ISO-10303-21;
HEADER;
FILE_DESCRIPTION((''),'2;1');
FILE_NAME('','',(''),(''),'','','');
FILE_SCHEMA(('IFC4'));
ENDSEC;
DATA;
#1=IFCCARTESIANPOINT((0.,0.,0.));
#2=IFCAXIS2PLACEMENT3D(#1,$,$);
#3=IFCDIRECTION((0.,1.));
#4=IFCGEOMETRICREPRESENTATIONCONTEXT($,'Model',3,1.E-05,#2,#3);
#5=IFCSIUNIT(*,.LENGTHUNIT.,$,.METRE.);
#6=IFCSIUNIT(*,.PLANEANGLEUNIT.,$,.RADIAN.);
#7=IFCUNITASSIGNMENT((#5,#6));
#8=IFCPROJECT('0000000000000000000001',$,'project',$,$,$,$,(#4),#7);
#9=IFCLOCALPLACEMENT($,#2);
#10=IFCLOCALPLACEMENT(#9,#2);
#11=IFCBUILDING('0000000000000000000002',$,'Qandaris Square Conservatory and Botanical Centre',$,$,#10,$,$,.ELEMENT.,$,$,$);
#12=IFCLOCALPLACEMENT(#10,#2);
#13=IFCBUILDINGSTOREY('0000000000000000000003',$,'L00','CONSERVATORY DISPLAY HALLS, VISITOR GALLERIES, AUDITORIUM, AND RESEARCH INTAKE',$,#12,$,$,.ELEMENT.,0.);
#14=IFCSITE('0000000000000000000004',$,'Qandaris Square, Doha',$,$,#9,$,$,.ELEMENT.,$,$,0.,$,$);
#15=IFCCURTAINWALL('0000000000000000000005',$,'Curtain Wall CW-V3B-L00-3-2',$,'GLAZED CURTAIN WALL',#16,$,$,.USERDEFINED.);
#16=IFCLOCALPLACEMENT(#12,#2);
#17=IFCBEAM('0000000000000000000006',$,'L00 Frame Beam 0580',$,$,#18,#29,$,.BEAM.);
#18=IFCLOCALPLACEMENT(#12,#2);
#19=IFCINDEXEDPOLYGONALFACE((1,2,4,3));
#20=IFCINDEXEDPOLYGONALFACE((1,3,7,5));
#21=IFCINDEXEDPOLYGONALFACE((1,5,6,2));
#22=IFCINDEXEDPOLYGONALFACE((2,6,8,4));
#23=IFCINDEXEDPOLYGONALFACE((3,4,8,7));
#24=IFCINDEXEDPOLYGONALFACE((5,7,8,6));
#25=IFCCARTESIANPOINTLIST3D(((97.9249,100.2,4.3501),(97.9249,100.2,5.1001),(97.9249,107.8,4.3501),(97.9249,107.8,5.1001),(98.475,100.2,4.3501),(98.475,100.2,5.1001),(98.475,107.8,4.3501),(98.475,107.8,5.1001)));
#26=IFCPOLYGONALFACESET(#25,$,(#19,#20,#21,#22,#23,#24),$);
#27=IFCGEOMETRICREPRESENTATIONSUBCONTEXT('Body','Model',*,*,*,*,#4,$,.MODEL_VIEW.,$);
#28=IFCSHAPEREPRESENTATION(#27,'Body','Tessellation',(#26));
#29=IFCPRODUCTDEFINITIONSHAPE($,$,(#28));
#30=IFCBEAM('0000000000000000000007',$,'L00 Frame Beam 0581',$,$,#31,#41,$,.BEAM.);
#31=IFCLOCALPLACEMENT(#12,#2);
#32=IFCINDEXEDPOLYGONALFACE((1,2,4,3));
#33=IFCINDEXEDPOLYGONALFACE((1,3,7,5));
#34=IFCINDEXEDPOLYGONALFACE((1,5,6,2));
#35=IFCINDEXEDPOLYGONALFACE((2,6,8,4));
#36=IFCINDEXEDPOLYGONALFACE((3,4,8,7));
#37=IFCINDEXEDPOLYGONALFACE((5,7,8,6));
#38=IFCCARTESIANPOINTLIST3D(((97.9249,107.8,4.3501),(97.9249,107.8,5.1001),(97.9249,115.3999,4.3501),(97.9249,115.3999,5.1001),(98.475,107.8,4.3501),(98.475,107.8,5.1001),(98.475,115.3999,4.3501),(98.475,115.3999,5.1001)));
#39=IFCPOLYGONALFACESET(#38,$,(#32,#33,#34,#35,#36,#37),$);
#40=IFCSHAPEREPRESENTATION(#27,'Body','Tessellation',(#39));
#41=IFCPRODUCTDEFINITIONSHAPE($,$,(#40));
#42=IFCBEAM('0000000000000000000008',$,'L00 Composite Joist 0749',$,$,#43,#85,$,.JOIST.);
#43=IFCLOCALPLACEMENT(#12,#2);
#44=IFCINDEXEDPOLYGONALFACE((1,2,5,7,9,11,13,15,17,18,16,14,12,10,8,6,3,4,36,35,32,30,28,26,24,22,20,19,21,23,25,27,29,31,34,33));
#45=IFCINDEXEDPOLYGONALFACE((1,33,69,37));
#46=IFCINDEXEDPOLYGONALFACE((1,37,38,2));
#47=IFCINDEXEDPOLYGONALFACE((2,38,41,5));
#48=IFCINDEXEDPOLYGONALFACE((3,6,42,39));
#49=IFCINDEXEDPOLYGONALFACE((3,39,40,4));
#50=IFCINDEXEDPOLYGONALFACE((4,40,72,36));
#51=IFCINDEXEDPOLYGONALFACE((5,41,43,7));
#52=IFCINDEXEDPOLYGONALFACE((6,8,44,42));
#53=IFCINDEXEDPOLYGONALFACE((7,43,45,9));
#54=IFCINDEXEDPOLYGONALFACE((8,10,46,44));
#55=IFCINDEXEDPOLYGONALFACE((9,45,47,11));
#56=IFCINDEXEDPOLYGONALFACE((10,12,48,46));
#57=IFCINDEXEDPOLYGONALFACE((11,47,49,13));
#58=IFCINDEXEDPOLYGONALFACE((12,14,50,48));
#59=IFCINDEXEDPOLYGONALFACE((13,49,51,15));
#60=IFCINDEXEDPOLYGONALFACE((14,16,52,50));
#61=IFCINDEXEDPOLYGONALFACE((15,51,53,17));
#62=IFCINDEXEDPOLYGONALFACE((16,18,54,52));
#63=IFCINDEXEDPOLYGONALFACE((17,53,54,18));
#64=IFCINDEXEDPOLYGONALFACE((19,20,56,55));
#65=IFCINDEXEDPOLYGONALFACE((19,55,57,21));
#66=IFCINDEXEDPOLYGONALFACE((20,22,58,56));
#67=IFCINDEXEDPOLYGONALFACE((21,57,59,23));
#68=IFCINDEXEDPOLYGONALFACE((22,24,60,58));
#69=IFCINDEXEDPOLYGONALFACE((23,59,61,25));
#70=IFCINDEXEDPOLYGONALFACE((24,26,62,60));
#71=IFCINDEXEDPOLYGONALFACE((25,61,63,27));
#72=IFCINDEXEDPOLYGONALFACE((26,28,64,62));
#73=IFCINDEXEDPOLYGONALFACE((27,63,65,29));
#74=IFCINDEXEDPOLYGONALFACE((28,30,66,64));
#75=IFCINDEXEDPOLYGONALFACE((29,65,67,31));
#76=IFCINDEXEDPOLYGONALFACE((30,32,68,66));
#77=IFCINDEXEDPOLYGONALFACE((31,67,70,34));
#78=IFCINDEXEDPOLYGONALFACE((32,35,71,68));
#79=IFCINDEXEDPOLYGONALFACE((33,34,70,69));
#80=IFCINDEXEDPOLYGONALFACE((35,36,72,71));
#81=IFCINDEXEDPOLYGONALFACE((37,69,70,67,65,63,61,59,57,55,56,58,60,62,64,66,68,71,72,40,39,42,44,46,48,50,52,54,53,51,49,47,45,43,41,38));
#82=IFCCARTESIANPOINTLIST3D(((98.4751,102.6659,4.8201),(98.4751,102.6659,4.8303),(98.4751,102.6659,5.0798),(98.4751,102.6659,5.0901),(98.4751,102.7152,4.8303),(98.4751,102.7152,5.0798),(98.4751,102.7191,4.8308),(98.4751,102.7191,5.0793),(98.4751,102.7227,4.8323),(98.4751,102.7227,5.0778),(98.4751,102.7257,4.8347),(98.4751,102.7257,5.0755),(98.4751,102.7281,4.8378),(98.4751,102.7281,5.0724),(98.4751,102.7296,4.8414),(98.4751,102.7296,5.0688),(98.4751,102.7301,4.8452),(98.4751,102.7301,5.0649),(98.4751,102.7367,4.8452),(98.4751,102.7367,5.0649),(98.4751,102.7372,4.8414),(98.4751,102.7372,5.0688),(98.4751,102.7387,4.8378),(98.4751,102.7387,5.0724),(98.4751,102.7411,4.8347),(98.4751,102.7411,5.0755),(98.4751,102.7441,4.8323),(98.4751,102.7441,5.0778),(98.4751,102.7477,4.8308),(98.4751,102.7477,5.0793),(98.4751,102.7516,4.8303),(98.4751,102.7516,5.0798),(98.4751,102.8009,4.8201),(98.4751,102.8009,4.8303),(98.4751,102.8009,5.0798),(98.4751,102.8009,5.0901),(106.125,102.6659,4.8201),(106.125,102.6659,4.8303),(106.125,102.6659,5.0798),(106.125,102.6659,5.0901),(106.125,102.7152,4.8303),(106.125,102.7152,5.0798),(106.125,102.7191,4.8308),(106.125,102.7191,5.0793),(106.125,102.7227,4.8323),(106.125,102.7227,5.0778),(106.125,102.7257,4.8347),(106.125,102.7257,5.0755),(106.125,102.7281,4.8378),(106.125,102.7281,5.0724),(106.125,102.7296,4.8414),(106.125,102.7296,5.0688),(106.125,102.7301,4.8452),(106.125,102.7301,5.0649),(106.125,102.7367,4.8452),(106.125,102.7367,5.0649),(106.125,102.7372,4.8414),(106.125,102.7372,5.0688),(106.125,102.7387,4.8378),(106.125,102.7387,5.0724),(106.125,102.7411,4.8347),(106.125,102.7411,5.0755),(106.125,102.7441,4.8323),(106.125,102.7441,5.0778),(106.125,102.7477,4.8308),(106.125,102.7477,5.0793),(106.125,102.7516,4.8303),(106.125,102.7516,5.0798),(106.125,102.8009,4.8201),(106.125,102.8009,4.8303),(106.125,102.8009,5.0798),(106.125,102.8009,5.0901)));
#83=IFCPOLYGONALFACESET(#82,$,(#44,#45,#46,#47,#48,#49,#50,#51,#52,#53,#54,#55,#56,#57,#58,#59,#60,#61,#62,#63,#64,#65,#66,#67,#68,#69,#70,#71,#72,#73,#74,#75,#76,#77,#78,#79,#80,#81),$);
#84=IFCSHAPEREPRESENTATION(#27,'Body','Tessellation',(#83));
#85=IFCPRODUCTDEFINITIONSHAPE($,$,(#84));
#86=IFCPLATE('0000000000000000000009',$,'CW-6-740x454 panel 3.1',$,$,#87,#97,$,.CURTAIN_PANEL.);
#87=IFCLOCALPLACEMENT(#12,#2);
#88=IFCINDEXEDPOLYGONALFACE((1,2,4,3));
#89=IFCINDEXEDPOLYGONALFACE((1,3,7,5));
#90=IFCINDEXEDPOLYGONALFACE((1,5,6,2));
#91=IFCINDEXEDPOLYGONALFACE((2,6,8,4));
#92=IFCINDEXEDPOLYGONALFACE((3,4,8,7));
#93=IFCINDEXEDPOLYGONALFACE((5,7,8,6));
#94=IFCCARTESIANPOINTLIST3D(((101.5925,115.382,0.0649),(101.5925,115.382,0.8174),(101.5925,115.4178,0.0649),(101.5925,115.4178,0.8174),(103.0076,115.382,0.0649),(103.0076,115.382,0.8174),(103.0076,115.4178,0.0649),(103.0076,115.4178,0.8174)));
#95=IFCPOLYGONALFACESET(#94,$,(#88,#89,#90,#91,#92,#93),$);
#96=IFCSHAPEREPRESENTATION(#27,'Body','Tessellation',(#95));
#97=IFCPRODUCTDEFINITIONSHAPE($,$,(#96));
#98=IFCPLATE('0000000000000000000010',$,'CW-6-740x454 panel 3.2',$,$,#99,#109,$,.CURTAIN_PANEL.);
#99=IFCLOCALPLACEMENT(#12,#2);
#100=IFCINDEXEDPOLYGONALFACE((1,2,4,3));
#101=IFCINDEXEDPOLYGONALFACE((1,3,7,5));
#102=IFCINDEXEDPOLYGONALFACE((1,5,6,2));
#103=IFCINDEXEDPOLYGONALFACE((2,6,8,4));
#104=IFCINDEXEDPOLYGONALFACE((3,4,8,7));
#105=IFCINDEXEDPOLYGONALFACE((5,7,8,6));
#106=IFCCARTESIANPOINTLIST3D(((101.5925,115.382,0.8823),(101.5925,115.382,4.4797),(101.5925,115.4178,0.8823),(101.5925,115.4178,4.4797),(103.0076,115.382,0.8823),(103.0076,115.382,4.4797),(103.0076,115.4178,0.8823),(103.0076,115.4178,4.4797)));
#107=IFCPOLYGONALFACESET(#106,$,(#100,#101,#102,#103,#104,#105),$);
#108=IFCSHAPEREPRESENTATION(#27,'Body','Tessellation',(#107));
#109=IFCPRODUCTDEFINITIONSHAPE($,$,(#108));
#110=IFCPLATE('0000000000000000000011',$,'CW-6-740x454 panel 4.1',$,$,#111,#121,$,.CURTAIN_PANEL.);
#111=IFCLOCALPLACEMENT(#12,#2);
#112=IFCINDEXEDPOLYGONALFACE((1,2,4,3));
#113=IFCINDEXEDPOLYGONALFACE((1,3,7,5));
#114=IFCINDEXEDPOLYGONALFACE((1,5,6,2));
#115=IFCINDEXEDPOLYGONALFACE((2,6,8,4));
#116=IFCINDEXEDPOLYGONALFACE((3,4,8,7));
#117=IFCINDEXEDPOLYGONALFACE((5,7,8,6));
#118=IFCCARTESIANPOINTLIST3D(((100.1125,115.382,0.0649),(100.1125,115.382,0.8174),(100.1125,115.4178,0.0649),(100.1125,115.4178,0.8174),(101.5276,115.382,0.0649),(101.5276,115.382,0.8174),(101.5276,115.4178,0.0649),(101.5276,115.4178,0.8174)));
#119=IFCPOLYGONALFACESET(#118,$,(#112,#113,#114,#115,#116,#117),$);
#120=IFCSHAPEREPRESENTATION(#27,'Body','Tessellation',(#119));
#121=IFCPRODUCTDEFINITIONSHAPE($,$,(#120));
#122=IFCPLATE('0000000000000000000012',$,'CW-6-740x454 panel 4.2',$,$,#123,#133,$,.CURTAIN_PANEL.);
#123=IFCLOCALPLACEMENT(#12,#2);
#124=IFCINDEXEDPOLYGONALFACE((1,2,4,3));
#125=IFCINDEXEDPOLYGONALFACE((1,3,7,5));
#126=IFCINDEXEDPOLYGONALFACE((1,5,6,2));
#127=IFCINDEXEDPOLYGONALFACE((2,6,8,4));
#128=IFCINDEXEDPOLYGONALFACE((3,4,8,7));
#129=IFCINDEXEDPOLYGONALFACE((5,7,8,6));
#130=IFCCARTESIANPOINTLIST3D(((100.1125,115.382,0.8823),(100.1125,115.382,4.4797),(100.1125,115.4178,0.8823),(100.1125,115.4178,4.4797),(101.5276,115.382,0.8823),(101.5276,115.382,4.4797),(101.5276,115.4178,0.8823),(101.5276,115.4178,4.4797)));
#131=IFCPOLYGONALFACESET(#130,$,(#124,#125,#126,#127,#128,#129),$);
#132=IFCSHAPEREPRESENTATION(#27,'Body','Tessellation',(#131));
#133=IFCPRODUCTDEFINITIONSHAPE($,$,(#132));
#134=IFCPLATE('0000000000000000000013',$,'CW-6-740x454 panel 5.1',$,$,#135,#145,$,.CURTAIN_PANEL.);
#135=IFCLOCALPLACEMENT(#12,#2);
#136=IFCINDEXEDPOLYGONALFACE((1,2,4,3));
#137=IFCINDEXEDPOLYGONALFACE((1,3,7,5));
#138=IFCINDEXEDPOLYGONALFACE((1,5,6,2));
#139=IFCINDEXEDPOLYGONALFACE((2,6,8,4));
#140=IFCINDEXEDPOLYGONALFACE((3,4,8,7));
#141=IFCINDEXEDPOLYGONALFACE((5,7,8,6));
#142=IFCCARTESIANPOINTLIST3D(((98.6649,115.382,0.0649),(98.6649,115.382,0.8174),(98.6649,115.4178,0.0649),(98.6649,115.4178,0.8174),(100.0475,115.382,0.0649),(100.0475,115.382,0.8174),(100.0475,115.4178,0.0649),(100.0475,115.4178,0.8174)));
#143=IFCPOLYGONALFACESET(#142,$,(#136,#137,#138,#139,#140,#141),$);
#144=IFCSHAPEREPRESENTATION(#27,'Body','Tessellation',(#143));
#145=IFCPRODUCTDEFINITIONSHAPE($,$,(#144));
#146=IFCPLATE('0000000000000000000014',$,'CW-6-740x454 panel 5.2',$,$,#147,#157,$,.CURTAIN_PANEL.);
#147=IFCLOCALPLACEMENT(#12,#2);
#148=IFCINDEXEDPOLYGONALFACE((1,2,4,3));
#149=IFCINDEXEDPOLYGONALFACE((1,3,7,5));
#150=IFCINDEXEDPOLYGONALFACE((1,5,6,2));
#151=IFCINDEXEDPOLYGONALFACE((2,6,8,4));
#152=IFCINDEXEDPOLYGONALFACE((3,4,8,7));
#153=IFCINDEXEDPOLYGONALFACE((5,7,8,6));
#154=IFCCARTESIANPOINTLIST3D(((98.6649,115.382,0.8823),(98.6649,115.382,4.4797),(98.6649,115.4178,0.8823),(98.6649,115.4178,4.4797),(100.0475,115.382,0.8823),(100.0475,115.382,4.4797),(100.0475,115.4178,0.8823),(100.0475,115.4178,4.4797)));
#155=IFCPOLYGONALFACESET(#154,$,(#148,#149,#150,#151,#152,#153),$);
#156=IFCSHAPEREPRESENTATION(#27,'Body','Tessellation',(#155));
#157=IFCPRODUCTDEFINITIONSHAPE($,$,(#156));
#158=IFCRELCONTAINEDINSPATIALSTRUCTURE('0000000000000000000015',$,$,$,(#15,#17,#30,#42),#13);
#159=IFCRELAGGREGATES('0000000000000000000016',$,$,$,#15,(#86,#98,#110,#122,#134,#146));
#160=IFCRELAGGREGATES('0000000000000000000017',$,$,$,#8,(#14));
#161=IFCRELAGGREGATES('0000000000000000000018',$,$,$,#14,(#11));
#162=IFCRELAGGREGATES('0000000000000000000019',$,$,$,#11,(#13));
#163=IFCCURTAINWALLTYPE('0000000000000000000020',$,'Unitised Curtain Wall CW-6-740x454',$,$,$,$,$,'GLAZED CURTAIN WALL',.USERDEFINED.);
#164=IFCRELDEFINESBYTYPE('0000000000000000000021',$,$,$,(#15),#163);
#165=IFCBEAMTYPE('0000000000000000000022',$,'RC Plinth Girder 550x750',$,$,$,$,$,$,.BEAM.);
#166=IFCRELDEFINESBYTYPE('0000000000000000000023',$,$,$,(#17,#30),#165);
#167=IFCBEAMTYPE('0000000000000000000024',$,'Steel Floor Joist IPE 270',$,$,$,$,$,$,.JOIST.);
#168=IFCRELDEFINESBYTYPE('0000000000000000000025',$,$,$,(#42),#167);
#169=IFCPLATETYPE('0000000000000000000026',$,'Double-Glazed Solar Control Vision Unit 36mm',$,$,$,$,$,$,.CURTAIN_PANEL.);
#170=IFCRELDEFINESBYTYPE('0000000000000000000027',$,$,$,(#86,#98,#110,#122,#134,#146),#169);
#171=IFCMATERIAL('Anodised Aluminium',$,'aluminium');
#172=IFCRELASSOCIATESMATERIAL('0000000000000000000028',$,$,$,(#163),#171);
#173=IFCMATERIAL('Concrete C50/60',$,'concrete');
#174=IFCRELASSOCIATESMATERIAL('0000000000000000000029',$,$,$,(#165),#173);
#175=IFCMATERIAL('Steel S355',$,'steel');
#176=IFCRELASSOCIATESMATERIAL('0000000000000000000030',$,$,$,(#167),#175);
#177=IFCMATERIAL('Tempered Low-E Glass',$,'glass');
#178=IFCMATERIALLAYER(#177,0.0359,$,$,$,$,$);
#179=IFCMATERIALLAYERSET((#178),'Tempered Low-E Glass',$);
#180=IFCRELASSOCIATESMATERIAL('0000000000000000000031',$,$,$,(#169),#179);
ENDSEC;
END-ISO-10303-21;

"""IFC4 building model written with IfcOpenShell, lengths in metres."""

from ifc_helpers import new_model, si_unit, direction, frame, origin, origin_2d, place, context, subcontext, project, spatial, rectangle, i_section, extrude, material, layer, layer_set, material_profile, profile_set, type_object, element, aggregate, save


model = new_model("IFC4")

# Units and contexts
model_context = context("Model", 3, precision=1e-05, world=origin(), true_north=direction((0.0, 1.0)))
body_context = subcontext(model_context, "Body", "Model", "MODEL_VIEW")
ifc_project = project(units=[si_unit("LENGTHUNIT", "METRE"), si_unit("PLANEANGLEUNIT", "RADIAN")], contexts=[model_context])

# Site, building, storey
site_placement = place(None, origin())
site = spatial("IfcSite", under=ifc_project, at=site_placement, Name="Qandaris Square, Doha", CompositionType="ELEMENT", RefElevation=0.0)
building_placement = place(site_placement, origin())
building = spatial("IfcBuilding", under=site, at=building_placement, Name="Qandaris Square Conservatory and Botanical Centre", CompositionType="ELEMENT")
storey_placement = place(building_placement, origin())
storey = spatial("IfcBuildingStorey", under=building, at=storey_placement, Name="L00", Description="CONSERVATORY DISPLAY HALLS, VISITOR GALLERIES, AUDITORIUM, AND RESEARCH INTAKE", CompositionType="ELEMENT", Elevation=0.0)

# Shared definitions
ifc_material_1 = material(Name="Concrete C50/60", Category="concrete")

# Shared definitions
ifc_material_2 = material(Name="Steel S355", Category="steel")

# Curtain wall
ifc_material_3 = material(Name="Anodised Aluminium", Category="aluminium")
curtain_wall_type = type_object("IfcCurtainWallType", Name="Unitised Curtain Wall CW-6-740x454", ElementType="GLAZED CURTAIN WALL", PredefinedType="USERDEFINED", material=ifc_material_3)
curtain_wall_placement = place(storey_placement, origin())
curtain_wall = element("IfcCurtainWall", 1, at=curtain_wall_placement, inside=storey, type_object=curtain_wall_type, Name="Curtain Wall CW-V3B-L00-3-2", ObjectType="GLAZED CURTAIN WALL", PredefinedType="USERDEFINED")

# Beams
ifc_material_profile_1 = material_profile(ifc_material_1, rectangle(XDim=0.55, YDim=0.75, at=origin_2d()), Name="RC-BM 550x750")
ifc_profile_set_1 = profile_set([ifc_material_profile_1], Name="Concrete C50/60")
beam_type_1 = type_object("IfcBeamType", Name="RC Plinth Girder 550x750", PredefinedType="BEAM", material=ifc_profile_set_1)
beam_1_placement = place(storey_placement, frame((98.2, 100.2, 4.7251), z_axis=(0.0, 1.0, 0.0), x_axis=(-1.0, 0.0, 0.0)))
element("IfcBeam", 2, at=beam_1_placement, inside=storey, type_object=beam_type_1, Name="L00 Frame Beam 0580", PredefinedType="BEAM", context=body_context, shape_type="SweptSolid", body=[
    extrude(rectangle(XDim=0.55, YDim=0.75, at=origin_2d()), origin(), (0.0, 0.0, 1.0), 7.6001),
])
beam_2_placement = place(storey_placement, frame((98.2, 107.8, 4.7251), z_axis=(0.0, 1.0, 0.0), x_axis=(-1.0, 0.0, 0.0)))
element("IfcBeam", 3, at=beam_2_placement, inside=storey, type_object=beam_type_1, Name="L00 Frame Beam 0581", PredefinedType="BEAM", context=body_context, shape_type="SweptSolid", body=[
    extrude(rectangle(XDim=0.55, YDim=0.75, at=origin_2d()), origin(), (0.0, 0.0, 1.0), 7.5999),
])
ifc_material_profile_2 = material_profile(ifc_material_2, i_section(OverallWidth=0.135, OverallDepth=0.27, WebThickness=0.0066, FlangeThickness=0.0103, FilletRadius=0.0149, at=origin_2d()), Name="IPE 270")
ifc_profile_set_2 = profile_set([ifc_material_profile_2], Name="Steel S355")
beam_type_2 = type_object("IfcBeamType", Name="Steel Floor Joist IPE 270", PredefinedType="JOIST", material=ifc_profile_set_2)
beam_3_placement = place(storey_placement, frame((98.4751, 102.7334, 4.9551), z_axis=(1.0, 0.0, 0.0), x_axis=(0.0, 1.0, 0.0)))
element("IfcBeam", 4, at=beam_3_placement, inside=storey, type_object=beam_type_2, Name="L00 Composite Joist 0749", PredefinedType="JOIST", context=body_context, shape_type="SweptSolid", body=[
    extrude(i_section(OverallWidth=0.135, OverallDepth=0.27, WebThickness=0.0066, FlangeThickness=0.0103, FilletRadius=0.0149, at=origin_2d()), origin(), (0.0, 0.0, 1.0), 7.6499),
])

# Plates
ifc_material_4 = material(Name="Tempered Low-E Glass", Category="glass")
ifc_layer = layer(ifc_material_4, 0.0359)
ifc_layer_set = layer_set([ifc_layer], Name="Tempered Low-E Glass")
plate_type = type_object("IfcPlateType", Name="Double-Glazed Solar Control Vision Unit 36mm", PredefinedType="CURTAIN_PANEL", material=ifc_layer_set)
plate_1_placement = place(storey_placement, frame((102.3, 115.3999, 0.0649), z_axis=(0.0, 0.0, 1.0), x_axis=(-1.0, 0.0, 0.0)))
plate_1 = element("IfcPlate", 5, at=plate_1_placement, type_object=plate_type, Name="CW-6-740x454 panel 3.1", PredefinedType="CURTAIN_PANEL", context=body_context, shape_type="SweptSolid", body=[
    extrude(rectangle(XDim=1.415, YDim=0.0359, at=origin_2d()), origin(), (0.0, 0.0, 1.0), 0.7524),
])
plate_2_placement = place(storey_placement, frame((102.3, 115.3999, 0.8823), z_axis=(0.0, 0.0, 1.0), x_axis=(-1.0, 0.0, 0.0)))
plate_2 = element("IfcPlate", 6, at=plate_2_placement, type_object=plate_type, Name="CW-6-740x454 panel 3.2", PredefinedType="CURTAIN_PANEL", context=body_context, shape_type="SweptSolid", body=[
    extrude(rectangle(XDim=1.415, YDim=0.0359, at=origin_2d()), origin(), (0.0, 0.0, 1.0), 3.5974),
])
plate_3_placement = place(storey_placement, frame((100.8201, 115.3999, 0.0649), z_axis=(0.0, 0.0, 1.0), x_axis=(-1.0, 0.0, 0.0)))
plate_3 = element("IfcPlate", 7, at=plate_3_placement, type_object=plate_type, Name="CW-6-740x454 panel 4.1", PredefinedType="CURTAIN_PANEL", context=body_context, shape_type="SweptSolid", body=[
    extrude(rectangle(XDim=1.415, YDim=0.0359, at=origin_2d()), origin(), (0.0, 0.0, 1.0), 0.7524),
])
plate_4_placement = place(storey_placement, frame((100.8201, 115.3999, 0.8823), z_axis=(0.0, 0.0, 1.0), x_axis=(-1.0, 0.0, 0.0)))
plate_4 = element("IfcPlate", 8, at=plate_4_placement, type_object=plate_type, Name="CW-6-740x454 panel 4.2", PredefinedType="CURTAIN_PANEL", context=body_context, shape_type="SweptSolid", body=[
    extrude(rectangle(XDim=1.415, YDim=0.0359, at=origin_2d()), origin(), (0.0, 0.0, 1.0), 3.5974),
])
plate_5_placement = place(storey_placement, frame((99.3562, 115.3999, 0.0649), z_axis=(0.0, 0.0, 1.0), x_axis=(-1.0, 0.0, 0.0)))
plate_5 = element("IfcPlate", 9, at=plate_5_placement, type_object=plate_type, Name="CW-6-740x454 panel 5.1", PredefinedType="CURTAIN_PANEL", context=body_context, shape_type="SweptSolid", body=[
    extrude(rectangle(XDim=1.3826, YDim=0.0359, at=origin_2d()), origin(), (0.0, 0.0, 1.0), 0.7524),
])
plate_6_placement = place(storey_placement, frame((99.3562, 115.3999, 0.8823), z_axis=(0.0, 0.0, 1.0), x_axis=(-1.0, 0.0, 0.0)))
plate_6 = element("IfcPlate", 10, at=plate_6_placement, type_object=plate_type, Name="CW-6-740x454 panel 5.2", PredefinedType="CURTAIN_PANEL", context=body_context, shape_type="SweptSolid", body=[
    extrude(rectangle(XDim=1.3826, YDim=0.0359, at=origin_2d()), origin(), (0.0, 0.0, 1.0), 3.5974),
])
aggregate(curtain_wall, [plate_1, plate_2, plate_3, plate_4, plate_5, plate_6])

save(model, "model.ifc")
